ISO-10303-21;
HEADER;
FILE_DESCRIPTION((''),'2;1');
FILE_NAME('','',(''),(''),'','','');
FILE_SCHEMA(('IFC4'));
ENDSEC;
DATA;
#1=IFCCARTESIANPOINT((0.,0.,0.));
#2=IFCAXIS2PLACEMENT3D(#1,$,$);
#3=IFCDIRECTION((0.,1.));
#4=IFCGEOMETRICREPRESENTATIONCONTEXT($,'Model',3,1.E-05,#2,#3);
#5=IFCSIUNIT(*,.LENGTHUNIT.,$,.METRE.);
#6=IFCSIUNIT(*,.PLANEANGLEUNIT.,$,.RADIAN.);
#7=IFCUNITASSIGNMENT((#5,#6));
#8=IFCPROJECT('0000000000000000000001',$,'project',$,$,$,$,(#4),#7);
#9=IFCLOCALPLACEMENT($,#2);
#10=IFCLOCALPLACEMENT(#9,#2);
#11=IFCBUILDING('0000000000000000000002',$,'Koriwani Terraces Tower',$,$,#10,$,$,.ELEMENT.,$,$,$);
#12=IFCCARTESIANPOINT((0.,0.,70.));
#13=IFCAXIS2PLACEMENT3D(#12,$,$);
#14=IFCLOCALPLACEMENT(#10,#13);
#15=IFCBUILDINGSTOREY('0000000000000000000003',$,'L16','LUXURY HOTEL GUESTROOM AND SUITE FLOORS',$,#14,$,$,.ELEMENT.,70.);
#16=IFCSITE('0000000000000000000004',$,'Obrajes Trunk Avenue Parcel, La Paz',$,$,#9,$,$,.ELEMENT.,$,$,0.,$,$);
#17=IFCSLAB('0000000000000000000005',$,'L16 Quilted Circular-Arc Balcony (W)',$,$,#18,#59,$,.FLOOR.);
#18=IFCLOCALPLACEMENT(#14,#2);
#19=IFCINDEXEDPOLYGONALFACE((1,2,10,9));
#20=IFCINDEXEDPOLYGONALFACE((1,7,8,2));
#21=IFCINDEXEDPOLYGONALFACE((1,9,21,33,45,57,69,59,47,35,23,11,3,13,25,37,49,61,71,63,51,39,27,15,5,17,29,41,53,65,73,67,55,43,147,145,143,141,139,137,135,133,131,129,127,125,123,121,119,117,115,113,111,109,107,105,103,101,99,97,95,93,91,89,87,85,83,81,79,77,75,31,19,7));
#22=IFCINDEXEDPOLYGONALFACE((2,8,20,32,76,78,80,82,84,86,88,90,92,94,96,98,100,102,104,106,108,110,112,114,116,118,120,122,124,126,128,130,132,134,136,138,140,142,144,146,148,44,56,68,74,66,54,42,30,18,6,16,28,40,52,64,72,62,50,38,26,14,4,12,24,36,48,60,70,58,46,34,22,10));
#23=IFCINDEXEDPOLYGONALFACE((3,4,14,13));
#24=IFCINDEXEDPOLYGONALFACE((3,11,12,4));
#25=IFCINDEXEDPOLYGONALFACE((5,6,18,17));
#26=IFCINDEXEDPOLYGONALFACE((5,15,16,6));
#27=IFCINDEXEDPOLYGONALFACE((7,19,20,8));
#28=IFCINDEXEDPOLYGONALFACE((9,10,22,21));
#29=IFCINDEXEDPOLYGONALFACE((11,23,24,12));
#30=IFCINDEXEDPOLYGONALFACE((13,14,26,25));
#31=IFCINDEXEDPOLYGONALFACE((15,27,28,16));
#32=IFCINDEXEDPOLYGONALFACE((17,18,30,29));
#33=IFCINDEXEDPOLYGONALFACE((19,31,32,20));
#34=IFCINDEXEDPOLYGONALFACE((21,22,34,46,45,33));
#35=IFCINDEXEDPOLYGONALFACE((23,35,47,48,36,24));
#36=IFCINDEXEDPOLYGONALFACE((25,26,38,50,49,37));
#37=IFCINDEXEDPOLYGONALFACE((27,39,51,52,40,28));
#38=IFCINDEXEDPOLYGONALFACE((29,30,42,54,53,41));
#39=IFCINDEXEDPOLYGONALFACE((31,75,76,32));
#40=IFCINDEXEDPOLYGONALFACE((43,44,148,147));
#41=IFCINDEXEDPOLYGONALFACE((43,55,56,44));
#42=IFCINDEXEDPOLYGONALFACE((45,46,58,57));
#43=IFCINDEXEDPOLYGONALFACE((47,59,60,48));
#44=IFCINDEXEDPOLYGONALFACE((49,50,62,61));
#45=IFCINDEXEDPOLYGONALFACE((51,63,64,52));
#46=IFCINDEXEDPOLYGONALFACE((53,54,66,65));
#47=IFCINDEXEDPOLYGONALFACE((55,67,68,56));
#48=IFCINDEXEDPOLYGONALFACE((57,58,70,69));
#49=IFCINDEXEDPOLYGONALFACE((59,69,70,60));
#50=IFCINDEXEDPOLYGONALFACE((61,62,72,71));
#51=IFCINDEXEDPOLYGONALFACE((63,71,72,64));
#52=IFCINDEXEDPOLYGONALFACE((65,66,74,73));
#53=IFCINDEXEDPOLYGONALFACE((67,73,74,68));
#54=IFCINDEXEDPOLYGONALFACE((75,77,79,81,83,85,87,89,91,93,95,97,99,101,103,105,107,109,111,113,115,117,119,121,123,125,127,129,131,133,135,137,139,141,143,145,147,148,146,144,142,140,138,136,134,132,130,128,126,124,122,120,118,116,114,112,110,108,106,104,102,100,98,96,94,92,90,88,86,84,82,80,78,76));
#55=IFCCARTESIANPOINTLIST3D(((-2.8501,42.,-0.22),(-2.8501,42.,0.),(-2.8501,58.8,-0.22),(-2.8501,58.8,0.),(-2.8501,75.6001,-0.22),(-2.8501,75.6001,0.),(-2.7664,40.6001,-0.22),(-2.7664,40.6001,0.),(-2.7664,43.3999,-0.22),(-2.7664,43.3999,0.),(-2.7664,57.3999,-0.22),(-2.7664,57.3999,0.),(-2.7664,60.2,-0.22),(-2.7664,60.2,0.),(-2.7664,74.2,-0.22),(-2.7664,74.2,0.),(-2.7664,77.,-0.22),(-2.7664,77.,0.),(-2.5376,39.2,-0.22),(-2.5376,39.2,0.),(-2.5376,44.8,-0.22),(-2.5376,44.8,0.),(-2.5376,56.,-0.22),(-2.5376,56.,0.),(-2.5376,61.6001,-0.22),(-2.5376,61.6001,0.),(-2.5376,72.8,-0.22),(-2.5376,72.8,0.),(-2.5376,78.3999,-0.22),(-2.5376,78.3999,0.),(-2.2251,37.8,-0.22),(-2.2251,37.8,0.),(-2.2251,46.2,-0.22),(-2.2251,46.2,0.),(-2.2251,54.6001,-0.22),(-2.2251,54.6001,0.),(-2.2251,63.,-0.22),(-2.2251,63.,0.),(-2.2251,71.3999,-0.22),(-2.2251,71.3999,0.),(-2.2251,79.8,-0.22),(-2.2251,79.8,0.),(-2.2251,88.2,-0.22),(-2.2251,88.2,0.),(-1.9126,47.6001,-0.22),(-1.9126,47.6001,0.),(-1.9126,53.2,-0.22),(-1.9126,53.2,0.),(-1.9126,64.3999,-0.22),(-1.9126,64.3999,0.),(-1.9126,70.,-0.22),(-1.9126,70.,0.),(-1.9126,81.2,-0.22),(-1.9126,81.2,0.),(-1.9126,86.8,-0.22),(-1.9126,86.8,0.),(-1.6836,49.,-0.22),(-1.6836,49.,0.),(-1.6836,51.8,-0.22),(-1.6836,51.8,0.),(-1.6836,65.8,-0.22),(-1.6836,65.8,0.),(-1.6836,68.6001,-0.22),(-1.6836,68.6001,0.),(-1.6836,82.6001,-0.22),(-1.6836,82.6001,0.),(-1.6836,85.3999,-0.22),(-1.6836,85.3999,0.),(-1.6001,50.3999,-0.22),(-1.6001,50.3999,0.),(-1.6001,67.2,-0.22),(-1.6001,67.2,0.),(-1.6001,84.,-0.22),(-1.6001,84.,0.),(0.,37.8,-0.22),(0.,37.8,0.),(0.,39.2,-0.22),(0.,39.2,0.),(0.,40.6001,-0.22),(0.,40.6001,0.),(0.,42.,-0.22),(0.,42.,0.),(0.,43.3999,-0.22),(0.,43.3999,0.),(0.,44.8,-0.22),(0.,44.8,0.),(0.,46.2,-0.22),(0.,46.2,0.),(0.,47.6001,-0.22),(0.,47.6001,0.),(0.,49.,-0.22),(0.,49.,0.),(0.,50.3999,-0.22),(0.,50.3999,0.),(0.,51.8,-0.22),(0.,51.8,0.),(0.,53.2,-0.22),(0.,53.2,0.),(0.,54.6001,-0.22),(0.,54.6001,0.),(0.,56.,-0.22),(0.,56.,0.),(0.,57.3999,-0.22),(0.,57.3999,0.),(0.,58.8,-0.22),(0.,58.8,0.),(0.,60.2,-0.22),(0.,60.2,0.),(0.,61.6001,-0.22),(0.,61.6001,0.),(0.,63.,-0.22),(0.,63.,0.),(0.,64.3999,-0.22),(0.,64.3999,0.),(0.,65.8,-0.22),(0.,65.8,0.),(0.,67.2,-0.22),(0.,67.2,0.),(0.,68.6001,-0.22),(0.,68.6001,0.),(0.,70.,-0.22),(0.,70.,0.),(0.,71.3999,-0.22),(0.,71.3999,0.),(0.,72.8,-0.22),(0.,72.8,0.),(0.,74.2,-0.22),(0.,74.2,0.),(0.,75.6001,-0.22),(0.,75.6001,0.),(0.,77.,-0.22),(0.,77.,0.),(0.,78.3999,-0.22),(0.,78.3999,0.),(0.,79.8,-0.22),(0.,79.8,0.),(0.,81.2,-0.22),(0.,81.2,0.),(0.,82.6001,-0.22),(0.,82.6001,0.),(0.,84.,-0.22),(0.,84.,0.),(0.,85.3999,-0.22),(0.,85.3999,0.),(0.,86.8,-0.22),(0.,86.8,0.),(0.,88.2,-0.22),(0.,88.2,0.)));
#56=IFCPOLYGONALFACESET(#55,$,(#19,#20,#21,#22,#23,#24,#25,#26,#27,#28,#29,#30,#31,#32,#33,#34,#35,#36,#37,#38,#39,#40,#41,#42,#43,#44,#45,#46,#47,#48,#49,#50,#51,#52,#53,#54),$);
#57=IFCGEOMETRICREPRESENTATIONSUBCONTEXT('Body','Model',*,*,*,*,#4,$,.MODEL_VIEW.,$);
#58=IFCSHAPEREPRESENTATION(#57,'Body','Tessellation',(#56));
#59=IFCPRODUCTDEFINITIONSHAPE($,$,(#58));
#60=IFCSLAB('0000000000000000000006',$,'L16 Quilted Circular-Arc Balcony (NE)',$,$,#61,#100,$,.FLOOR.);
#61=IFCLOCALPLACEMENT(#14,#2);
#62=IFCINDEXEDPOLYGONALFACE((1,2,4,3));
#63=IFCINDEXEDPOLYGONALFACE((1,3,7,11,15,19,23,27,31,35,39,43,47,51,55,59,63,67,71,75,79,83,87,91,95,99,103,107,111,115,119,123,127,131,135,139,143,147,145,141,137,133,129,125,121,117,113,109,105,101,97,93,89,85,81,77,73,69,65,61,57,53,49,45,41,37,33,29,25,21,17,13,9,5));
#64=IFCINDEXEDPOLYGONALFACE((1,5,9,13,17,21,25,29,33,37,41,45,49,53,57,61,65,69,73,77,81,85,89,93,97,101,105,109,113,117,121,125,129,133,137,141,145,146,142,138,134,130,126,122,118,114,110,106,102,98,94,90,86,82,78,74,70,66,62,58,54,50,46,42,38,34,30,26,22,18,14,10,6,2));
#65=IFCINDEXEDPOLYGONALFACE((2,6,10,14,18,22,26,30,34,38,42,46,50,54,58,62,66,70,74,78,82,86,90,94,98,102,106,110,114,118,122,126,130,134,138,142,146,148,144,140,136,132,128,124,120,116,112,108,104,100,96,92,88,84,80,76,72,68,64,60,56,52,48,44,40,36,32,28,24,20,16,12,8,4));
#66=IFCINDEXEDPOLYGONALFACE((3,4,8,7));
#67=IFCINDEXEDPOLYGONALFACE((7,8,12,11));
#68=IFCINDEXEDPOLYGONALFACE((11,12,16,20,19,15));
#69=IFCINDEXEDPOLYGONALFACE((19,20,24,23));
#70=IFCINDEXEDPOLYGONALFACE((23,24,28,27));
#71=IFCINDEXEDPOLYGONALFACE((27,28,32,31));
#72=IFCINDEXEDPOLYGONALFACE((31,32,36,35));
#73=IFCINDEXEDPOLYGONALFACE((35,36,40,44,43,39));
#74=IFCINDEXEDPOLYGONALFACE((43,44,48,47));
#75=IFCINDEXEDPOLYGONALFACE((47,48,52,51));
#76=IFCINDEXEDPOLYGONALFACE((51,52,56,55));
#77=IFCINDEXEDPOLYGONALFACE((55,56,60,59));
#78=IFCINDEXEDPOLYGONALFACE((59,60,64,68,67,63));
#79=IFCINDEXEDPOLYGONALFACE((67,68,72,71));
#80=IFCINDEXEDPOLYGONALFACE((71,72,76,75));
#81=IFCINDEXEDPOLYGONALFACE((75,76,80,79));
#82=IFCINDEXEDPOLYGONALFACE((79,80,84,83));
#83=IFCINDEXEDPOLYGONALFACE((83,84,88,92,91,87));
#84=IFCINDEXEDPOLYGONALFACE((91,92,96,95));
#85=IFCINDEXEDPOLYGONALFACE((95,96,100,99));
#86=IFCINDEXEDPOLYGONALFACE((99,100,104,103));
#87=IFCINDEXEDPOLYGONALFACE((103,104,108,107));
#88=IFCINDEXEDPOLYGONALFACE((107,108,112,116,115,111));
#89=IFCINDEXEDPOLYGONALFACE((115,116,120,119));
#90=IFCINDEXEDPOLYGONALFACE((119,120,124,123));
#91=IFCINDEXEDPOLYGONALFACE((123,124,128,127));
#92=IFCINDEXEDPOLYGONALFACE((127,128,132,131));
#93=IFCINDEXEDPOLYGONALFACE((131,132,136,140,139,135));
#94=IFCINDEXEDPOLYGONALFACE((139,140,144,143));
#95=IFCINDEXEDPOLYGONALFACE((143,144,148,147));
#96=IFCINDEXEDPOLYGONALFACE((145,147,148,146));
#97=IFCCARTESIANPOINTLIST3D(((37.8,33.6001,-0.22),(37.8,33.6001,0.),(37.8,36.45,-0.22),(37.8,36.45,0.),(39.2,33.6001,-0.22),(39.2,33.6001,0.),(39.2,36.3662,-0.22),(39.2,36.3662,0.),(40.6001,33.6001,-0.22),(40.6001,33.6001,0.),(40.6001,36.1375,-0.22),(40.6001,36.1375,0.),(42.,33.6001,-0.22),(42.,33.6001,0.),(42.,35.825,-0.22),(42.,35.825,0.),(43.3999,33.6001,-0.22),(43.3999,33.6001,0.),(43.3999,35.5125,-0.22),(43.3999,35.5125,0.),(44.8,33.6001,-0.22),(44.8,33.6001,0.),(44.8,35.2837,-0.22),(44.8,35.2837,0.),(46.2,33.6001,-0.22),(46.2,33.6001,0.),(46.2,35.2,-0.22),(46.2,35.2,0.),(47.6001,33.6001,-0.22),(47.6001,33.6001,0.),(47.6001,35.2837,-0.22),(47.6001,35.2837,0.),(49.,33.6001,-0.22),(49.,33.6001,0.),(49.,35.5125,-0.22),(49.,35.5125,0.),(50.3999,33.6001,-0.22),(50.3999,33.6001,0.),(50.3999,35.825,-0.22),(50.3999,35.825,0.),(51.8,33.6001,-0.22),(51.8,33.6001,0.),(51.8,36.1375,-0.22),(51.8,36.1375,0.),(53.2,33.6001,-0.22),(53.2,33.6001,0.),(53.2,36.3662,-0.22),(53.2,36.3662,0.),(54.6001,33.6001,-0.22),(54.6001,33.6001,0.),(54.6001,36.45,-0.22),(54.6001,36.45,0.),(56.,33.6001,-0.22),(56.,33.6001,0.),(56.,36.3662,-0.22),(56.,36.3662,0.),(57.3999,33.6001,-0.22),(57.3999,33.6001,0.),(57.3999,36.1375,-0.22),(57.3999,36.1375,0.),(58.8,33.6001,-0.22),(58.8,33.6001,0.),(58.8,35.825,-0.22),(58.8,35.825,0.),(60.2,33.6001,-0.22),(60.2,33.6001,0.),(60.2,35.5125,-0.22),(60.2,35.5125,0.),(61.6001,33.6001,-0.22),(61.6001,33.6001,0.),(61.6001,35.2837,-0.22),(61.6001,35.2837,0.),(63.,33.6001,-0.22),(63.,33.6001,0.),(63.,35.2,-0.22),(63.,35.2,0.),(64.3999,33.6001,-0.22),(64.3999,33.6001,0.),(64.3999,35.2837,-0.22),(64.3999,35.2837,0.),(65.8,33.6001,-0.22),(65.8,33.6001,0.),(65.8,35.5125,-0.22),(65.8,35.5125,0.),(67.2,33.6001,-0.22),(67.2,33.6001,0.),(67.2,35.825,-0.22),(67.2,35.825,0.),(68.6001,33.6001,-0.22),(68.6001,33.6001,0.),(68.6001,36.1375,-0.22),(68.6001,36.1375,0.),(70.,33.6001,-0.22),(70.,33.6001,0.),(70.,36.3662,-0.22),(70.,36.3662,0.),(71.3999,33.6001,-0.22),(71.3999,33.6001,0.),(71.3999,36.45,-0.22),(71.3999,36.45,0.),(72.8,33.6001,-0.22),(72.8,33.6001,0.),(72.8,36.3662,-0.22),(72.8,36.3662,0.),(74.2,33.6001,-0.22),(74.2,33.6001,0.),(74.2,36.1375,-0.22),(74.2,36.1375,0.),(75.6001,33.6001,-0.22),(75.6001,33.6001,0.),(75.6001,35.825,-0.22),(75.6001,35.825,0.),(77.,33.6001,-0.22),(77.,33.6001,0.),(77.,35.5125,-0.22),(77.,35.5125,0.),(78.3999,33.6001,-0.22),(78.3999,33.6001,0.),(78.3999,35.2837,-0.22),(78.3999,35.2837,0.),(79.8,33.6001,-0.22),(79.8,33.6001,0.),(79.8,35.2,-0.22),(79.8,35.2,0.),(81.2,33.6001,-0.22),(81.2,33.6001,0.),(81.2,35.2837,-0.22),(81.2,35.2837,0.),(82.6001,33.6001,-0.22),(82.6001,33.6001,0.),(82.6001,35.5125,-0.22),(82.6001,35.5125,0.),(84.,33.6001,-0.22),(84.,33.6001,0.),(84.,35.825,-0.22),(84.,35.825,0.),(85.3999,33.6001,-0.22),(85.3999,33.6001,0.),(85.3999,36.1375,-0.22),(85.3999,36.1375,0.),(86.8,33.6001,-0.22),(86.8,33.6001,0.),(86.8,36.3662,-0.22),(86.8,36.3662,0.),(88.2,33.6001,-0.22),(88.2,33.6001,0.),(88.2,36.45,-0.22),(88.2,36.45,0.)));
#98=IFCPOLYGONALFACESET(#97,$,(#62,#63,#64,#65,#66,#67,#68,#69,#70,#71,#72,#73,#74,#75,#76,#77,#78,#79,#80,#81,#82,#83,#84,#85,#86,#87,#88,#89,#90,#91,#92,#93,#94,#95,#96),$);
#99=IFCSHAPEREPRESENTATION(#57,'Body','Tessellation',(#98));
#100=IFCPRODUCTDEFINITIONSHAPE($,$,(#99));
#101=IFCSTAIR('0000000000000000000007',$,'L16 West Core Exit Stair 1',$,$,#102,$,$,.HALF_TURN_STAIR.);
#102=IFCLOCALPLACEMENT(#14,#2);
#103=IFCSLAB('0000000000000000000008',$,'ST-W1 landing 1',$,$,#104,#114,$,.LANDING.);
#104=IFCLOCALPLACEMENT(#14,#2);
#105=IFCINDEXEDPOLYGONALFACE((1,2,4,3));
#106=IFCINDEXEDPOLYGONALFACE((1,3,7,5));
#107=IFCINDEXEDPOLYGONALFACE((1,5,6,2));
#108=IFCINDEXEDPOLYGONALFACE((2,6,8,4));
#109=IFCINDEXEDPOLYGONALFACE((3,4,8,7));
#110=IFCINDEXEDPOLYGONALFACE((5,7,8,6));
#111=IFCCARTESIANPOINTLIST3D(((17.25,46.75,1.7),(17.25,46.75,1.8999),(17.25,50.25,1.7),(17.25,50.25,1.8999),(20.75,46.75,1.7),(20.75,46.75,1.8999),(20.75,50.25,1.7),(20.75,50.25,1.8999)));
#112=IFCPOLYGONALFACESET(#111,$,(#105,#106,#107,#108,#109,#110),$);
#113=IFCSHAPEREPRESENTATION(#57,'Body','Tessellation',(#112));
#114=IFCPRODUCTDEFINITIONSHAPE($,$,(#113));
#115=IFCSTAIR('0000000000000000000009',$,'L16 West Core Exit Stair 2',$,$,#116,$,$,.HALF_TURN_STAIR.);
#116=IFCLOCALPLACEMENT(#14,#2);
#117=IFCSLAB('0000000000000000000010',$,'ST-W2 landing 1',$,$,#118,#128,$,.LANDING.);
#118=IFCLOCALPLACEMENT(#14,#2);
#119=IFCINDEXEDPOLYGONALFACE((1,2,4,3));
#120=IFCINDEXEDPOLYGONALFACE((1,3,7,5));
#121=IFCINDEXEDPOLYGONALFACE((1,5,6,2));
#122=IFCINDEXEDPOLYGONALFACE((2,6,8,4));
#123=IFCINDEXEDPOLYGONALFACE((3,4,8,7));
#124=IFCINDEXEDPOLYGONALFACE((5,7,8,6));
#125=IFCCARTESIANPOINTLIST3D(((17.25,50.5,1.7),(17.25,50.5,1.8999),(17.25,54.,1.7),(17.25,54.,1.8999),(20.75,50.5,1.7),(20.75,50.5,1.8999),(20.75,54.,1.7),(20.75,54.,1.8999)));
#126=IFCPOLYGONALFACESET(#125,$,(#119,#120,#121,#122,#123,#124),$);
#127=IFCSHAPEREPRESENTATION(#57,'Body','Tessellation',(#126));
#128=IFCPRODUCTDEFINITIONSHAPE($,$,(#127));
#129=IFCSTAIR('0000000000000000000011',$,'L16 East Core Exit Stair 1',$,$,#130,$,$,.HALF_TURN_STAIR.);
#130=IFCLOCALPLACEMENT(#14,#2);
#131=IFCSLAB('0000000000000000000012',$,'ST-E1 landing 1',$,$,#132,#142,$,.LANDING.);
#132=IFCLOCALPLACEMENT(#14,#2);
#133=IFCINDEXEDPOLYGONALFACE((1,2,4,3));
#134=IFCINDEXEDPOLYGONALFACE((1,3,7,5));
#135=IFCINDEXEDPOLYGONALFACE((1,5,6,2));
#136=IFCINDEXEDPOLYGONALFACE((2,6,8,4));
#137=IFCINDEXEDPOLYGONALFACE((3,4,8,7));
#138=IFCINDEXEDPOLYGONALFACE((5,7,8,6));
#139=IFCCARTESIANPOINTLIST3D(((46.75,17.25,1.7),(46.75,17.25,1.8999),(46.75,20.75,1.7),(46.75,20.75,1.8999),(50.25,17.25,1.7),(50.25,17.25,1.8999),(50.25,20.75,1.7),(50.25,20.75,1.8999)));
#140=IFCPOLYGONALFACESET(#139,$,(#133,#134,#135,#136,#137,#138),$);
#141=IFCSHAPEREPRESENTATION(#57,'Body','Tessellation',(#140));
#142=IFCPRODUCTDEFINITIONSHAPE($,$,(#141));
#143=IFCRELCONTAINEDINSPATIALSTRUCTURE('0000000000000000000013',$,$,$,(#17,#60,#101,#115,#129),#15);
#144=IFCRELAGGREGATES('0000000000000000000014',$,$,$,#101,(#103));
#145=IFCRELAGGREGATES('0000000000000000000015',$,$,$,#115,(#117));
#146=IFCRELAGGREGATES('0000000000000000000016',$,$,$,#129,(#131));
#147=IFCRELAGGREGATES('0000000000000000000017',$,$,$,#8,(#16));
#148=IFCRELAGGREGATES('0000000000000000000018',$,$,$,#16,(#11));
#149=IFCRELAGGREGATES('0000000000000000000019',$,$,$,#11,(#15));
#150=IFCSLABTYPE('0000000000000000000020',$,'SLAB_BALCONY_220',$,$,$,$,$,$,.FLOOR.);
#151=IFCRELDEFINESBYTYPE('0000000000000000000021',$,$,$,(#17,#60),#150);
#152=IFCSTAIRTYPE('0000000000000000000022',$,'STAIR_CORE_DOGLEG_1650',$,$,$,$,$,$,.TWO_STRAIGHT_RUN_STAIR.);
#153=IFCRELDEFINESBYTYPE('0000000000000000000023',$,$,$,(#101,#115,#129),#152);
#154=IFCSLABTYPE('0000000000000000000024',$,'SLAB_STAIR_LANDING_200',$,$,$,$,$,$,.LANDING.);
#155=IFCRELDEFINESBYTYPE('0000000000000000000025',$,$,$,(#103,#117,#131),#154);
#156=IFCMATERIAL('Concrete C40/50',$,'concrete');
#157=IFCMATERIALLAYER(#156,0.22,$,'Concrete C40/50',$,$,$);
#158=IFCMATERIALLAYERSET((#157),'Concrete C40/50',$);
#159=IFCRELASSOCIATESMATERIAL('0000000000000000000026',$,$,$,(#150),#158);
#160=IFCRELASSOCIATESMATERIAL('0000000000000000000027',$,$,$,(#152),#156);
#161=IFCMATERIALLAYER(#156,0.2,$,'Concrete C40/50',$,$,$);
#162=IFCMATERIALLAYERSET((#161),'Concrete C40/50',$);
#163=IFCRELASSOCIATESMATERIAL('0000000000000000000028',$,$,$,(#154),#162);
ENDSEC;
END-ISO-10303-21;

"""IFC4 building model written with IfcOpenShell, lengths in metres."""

from ifc_helpers import new_model, si_unit, direction, frame, origin, place, context, subcontext, project, spatial, polyline, outline, extrude, material, layer, layer_set, type_object, element, aggregate, save


model = new_model("IFC4")

# Units and contexts
model_context = context("Model", 3, precision=1e-05, world=origin(), true_north=direction((0.0, 1.0)))
body_context = subcontext(model_context, "Body", "Model", "MODEL_VIEW")
ifc_project = project(units=[si_unit("LENGTHUNIT", "METRE"), si_unit("PLANEANGLEUNIT", "RADIAN")], contexts=[model_context])

# Site, building, storey
site_placement = place(None, origin())
site = spatial("IfcSite", under=ifc_project, at=site_placement, Name="Obrajes Trunk Avenue Parcel, La Paz", CompositionType="ELEMENT", RefElevation=0.0)
building_placement = place(site_placement, origin())
building = spatial("IfcBuilding", under=site, at=building_placement, Name="Koriwani Terraces Tower", CompositionType="ELEMENT")
storey_placement = place(building_placement, frame((0.0, 0.0, 70.0)))
storey = spatial("IfcBuildingStorey", under=building, at=storey_placement, Name="L16", Description="LUXURY HOTEL GUESTROOM AND SUITE FLOORS", CompositionType="ELEMENT", Elevation=70.0)

# Shared definitions
ifc_material_1 = material(Name="Concrete C40/50", Category="concrete")

# Slabs
ifc_layer_1 = layer(ifc_material_1, 0.22, Name="Concrete C40/50")
ifc_layer_set_1 = layer_set([ifc_layer_1], Name="Concrete C40/50")
slab_type_1 = type_object("IfcSlabType", Name="SLAB_BALCONY_220", PredefinedType="FLOOR", material=ifc_layer_set_1)
slab_1_placement = place(storey_placement, frame((0.0, 0.0, -0.22)))
element("IfcSlab", 1, at=slab_1_placement, inside=storey, type_object=slab_type_1, Name="L16 Quilted Circular-Arc Balcony (W)", PredefinedType="FLOOR", context=body_context, shape_type="SweptSolid", body=[
    extrude(outline(polyline([(0.0, 37.8), (0.0, 39.2), (0.0, 40.6001), (0.0, 42.0), (0.0, 43.3999), (0.0, 44.8), (0.0, 46.2), (0.0, 47.6001), (0.0, 49.0), (0.0, 50.3999), (0.0, 51.8), (0.0, 53.2), (0.0, 54.6001), (0.0, 56.0), (0.0, 57.3999), (0.0, 58.8), (0.0, 60.2), (0.0, 61.6001), (0.0, 63.0), (0.0, 64.3999), (0.0, 65.8), (0.0, 67.2), (0.0, 68.6001), (0.0, 70.0), (0.0, 71.3999), (0.0, 72.8), (0.0, 74.2), (0.0, 75.6001), (0.0, 77.0), (0.0, 78.3999), (0.0, 79.8), (0.0, 81.2), (0.0, 82.6001), (0.0, 84.0), (0.0, 85.3999), (0.0, 86.8), (0.0, 88.2), (-2.2251, 88.2), (-1.9126, 86.8), (-1.6836, 85.3999), (-1.6001, 84.0), (-1.6836, 82.6001), (-1.9126, 81.2), (-2.2251, 79.8), (-2.5376, 78.3999), (-2.7664, 77.0), (-2.8501, 75.6001), (-2.7664, 74.2), (-2.5376, 72.8), (-2.2251, 71.3999), (-1.9126, 70.0), (-1.6836, 68.6001), (-1.6001, 67.2), (-1.6836, 65.8), (-1.9126, 64.3999), (-2.2251, 63.0), (-2.5376, 61.6001), (-2.7664, 60.2), (-2.8501, 58.8), (-2.7664, 57.3999), (-2.5376, 56.0), (-2.2251, 54.6001), (-1.9126, 53.2), (-1.6836, 51.8), (-1.6001, 50.3999), (-1.6836, 49.0), (-1.9126, 47.6001), (-2.2251, 46.2), (-2.5376, 44.8), (-2.7664, 43.3999), (-2.8501, 42.0), (-2.7664, 40.6001), (-2.5376, 39.2), (-2.2251, 37.8), (0.0, 37.8)])), origin(), (0.0, 0.0, 1.0), 0.22),
])
slab_2_placement = place(storey_placement, frame((0.0, 0.0, -0.22)))
element("IfcSlab", 2, at=slab_2_placement, inside=storey, type_object=slab_type_1, Name="L16 Quilted Circular-Arc Balcony (NE)", PredefinedType="FLOOR", context=body_context, shape_type="SweptSolid", body=[
    extrude(outline(polyline([(88.2, 33.6001), (86.8, 33.6001), (85.3999, 33.6001), (84.0, 33.6001), (82.6001, 33.6001), (81.2, 33.6001), (79.8, 33.6001), (78.3999, 33.6001), (77.0, 33.6001), (75.6001, 33.6001), (74.2, 33.6001), (72.8, 33.6001), (71.3999, 33.6001), (70.0, 33.6001), (68.6001, 33.6001), (67.2, 33.6001), (65.8, 33.6001), (64.3999, 33.6001), (63.0, 33.6001), (61.6001, 33.6001), (60.2, 33.6001), (58.8, 33.6001), (57.3999, 33.6001), (56.0, 33.6001), (54.6001, 33.6001), (53.2, 33.6001), (51.8, 33.6001), (50.3999, 33.6001), (49.0, 33.6001), (47.6001, 33.6001), (46.2, 33.6001), (44.8, 33.6001), (43.3999, 33.6001), (42.0, 33.6001), (40.6001, 33.6001), (39.2, 33.6001), (37.8, 33.6001), (37.8, 36.45), (39.2, 36.3662), (40.6001, 36.1375), (42.0, 35.825), (43.3999, 35.5125), (44.8, 35.2837), (46.2, 35.2), (47.6001, 35.2837), (49.0, 35.5125), (50.3999, 35.825), (51.8, 36.1375), (53.2, 36.3662), (54.6001, 36.45), (56.0, 36.3662), (57.3999, 36.1375), (58.8, 35.825), (60.2, 35.5125), (61.6001, 35.2837), (63.0, 35.2), (64.3999, 35.2837), (65.8, 35.5125), (67.2, 35.825), (68.6001, 36.1375), (70.0, 36.3662), (71.3999, 36.45), (72.8, 36.3662), (74.2, 36.1375), (75.6001, 35.825), (77.0, 35.5125), (78.3999, 35.2837), (79.8, 35.2), (81.2, 35.2837), (82.6001, 35.5125), (84.0, 35.825), (85.3999, 36.1375), (86.8, 36.3662), (88.2, 36.45), (88.2, 33.6001)])), origin(), (0.0, 0.0, 1.0), 0.22),
])

# Stairs, slabs
stair_type = type_object("IfcStairType", Name="STAIR_CORE_DOGLEG_1650", PredefinedType="TWO_STRAIGHT_RUN_STAIR", material=ifc_material_1)
stair_1_placement = place(storey_placement, origin())
stair_1 = element("IfcStair", 3, at=stair_1_placement, inside=storey, type_object=stair_type, Name="L16 West Core Exit Stair 1", PredefinedType="HALF_TURN_STAIR")
ifc_layer_2 = layer(ifc_material_1, 0.2, Name="Concrete C40/50")
ifc_layer_set_2 = layer_set([ifc_layer_2], Name="Concrete C40/50")
slab_type_2 = type_object("IfcSlabType", Name="SLAB_STAIR_LANDING_200", PredefinedType="LANDING", material=ifc_layer_set_2)
slab_3_placement = place(storey_placement, frame((0.0, 0.0, 1.7)))
slab_3 = element("IfcSlab", 4, at=slab_3_placement, type_object=slab_type_2, Name="ST-W1 landing 1", PredefinedType="LANDING", context=body_context, shape_type="SweptSolid", body=[
    extrude(outline(polyline([(20.75, 46.75), (20.75, 50.25), (17.25, 50.25), (17.25, 46.75), (20.75, 46.75)])), origin(), (0.0, 0.0, 1.0), 0.2),
])
aggregate(stair_1, [slab_3])
stair_2_placement = place(storey_placement, origin())
stair_2 = element("IfcStair", 5, at=stair_2_placement, inside=storey, type_object=stair_type, Name="L16 West Core Exit Stair 2", PredefinedType="HALF_TURN_STAIR")
slab_4_placement = place(storey_placement, frame((0.0, 0.0, 1.7)))
slab_4 = element("IfcSlab", 6, at=slab_4_placement, type_object=slab_type_2, Name="ST-W2 landing 1", PredefinedType="LANDING", context=body_context, shape_type="SweptSolid", body=[
    extrude(outline(polyline([(17.25, 54.0), (17.25, 50.5), (20.75, 50.5), (20.75, 54.0), (17.25, 54.0)])), origin(), (0.0, 0.0, 1.0), 0.2),
])
aggregate(stair_2, [slab_4])
stair_3_placement = place(storey_placement, origin())
stair_3 = element("IfcStair", 7, at=stair_3_placement, inside=storey, type_object=stair_type, Name="L16 East Core Exit Stair 1", PredefinedType="HALF_TURN_STAIR")
slab_5_placement = place(storey_placement, frame((0.0, 0.0, 1.7)))
slab_5 = element("IfcSlab", 8, at=slab_5_placement, type_object=slab_type_2, Name="ST-E1 landing 1", PredefinedType="LANDING", context=body_context, shape_type="SweptSolid", body=[
    extrude(outline(polyline([(46.75, 17.25), (50.25, 17.25), (50.25, 20.75), (46.75, 20.75), (46.75, 17.25)])), origin(), (0.0, 0.0, 1.0), 0.2),
])
aggregate(stair_3, [slab_5])

save(model, "model.ifc")
